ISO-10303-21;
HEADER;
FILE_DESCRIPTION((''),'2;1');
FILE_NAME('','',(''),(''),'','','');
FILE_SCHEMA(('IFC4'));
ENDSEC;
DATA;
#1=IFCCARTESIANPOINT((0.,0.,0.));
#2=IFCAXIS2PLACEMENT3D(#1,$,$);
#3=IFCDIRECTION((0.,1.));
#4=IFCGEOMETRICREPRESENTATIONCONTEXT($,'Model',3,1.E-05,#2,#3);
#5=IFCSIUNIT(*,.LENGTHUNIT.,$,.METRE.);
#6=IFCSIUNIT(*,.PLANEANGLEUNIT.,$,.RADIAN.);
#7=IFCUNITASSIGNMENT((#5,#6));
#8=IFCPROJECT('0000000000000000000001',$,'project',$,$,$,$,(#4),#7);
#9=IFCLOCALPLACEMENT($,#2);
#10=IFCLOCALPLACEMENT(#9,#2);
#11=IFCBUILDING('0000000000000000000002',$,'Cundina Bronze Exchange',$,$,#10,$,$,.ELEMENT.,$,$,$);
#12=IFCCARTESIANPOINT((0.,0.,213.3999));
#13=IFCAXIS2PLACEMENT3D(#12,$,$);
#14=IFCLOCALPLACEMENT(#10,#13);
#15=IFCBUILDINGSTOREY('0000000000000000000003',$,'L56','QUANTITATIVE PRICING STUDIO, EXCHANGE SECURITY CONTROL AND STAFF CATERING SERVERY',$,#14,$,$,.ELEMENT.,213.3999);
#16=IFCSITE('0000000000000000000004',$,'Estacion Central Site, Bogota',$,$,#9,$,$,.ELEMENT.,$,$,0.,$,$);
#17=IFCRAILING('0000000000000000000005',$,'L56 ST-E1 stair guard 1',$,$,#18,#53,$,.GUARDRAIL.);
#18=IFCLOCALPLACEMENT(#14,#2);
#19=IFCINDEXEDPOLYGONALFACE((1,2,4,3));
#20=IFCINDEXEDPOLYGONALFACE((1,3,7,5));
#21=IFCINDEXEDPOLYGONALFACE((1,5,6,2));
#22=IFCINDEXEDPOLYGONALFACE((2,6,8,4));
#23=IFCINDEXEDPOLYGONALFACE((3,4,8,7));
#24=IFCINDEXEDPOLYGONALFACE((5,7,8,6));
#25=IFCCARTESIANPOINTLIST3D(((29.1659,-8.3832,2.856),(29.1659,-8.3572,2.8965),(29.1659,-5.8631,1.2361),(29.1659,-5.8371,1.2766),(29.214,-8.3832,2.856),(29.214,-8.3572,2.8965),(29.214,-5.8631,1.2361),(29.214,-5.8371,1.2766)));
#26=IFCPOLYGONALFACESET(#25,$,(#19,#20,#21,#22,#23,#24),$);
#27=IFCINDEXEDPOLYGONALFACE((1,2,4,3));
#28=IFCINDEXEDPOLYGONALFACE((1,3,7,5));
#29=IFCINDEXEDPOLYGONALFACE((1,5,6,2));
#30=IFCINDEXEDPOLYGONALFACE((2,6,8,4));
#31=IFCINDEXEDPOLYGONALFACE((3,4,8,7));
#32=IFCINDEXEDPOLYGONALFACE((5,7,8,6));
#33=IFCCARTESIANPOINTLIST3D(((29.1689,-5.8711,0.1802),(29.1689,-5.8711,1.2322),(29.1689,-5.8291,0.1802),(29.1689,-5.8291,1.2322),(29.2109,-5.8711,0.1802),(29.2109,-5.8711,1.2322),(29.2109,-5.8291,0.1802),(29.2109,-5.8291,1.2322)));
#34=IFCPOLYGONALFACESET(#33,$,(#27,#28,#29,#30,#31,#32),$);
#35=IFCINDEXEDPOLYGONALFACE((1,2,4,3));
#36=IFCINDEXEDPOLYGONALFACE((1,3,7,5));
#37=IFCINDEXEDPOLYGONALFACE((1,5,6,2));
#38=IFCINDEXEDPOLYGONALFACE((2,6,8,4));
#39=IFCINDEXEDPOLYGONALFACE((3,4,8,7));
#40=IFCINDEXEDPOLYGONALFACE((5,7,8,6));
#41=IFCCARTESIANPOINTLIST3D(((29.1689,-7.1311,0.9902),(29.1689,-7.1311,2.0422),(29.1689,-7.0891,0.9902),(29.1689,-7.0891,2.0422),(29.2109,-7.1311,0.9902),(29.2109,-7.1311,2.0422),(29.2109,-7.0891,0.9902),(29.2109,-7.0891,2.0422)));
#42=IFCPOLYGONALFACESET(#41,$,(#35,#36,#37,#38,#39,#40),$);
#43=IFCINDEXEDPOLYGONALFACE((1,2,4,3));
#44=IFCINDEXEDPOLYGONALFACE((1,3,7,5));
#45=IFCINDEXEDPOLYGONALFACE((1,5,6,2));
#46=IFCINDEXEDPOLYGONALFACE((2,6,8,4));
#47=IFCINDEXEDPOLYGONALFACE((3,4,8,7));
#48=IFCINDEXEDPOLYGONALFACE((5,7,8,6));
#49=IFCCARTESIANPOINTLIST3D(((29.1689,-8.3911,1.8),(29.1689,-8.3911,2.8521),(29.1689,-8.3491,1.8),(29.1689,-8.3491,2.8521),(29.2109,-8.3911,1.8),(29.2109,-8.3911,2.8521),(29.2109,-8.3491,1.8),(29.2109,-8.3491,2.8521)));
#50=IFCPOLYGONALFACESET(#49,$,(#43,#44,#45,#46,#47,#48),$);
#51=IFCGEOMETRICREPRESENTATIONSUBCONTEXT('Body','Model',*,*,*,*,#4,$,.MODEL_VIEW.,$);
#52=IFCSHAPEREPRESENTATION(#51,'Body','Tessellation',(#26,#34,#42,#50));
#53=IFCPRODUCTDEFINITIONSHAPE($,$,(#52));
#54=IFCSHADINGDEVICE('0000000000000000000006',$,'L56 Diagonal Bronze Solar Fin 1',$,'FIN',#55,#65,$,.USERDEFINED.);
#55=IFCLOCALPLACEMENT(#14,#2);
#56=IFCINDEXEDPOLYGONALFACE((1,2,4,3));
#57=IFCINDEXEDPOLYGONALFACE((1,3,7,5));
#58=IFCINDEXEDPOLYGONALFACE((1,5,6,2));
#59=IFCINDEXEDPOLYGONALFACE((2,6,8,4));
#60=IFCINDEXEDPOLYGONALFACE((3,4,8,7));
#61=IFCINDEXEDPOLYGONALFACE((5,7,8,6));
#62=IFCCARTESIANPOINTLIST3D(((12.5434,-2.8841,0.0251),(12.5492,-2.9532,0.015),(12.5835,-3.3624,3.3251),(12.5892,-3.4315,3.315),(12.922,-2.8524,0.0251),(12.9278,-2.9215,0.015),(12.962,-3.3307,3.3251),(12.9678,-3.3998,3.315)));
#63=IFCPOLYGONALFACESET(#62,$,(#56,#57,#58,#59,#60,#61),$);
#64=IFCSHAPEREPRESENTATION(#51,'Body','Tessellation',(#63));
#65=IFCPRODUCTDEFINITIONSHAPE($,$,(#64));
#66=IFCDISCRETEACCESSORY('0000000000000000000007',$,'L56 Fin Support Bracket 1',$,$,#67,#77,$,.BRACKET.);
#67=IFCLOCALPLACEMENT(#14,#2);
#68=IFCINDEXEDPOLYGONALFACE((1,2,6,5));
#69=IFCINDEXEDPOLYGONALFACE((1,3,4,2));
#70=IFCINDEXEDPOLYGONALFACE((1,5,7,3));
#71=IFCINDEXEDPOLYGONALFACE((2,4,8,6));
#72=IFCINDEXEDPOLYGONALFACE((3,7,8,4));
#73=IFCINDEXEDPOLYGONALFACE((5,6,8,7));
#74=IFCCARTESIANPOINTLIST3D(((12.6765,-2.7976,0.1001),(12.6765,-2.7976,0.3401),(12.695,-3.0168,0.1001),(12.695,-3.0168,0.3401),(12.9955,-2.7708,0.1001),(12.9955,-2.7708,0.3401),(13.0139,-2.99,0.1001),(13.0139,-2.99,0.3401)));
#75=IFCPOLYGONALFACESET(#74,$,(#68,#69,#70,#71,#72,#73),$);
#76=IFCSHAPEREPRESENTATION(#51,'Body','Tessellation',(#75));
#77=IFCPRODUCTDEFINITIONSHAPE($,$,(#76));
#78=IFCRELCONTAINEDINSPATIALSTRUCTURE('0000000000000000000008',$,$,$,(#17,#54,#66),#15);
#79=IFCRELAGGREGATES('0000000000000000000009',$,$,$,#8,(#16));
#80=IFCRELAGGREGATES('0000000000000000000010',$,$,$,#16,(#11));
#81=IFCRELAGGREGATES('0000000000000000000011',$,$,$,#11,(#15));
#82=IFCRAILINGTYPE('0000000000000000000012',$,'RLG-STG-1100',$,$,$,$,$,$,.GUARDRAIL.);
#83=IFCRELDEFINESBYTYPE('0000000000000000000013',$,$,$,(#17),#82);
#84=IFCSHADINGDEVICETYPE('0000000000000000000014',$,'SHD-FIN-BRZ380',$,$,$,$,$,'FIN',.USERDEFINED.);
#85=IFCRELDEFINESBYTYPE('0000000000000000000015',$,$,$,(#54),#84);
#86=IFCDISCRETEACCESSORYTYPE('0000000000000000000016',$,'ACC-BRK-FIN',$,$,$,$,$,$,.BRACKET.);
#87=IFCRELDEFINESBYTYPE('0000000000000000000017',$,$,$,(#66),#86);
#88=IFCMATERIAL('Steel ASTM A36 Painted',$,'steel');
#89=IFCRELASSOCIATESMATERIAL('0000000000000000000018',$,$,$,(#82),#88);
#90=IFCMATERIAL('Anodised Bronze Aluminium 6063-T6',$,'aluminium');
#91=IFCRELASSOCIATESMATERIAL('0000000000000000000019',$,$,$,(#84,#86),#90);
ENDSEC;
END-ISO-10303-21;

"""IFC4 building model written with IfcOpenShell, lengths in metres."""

from ifc_helpers import new_model, si_unit, direction, frame, origin, origin_2d, place, context, subcontext, project, spatial, rectangle, extrude, material, material_profile, profile_set, type_object, element, save


model = new_model("IFC4")

# Units and contexts
model_context = context("Model", 3, precision=1e-05, world=origin(), true_north=direction((0.0, 1.0)))
body_context = subcontext(model_context, "Body", "Model", "MODEL_VIEW")
ifc_project = project(units=[si_unit("LENGTHUNIT", "METRE"), si_unit("PLANEANGLEUNIT", "RADIAN")], contexts=[model_context])

# Site, building, storey
site_placement = place(None, origin())
site = spatial("IfcSite", under=ifc_project, at=site_placement, Name="Estacion Central Site, Bogota", CompositionType="ELEMENT", RefElevation=0.0)
building_placement = place(site_placement, origin())
building = spatial("IfcBuilding", under=site, at=building_placement, Name="Cundina Bronze Exchange", CompositionType="ELEMENT")
storey_placement = place(building_placement, frame((0.0, 0.0, 213.3999)))
storey = spatial("IfcBuildingStorey", under=building, at=storey_placement, Name="L56", Description="QUANTITATIVE PRICING STUDIO, EXCHANGE SECURITY CONTROL AND STAFF CATERING SERVERY", CompositionType="ELEMENT", Elevation=213.3999)

# Shared definitions
ifc_material_1 = material(Name="Anodised Bronze Aluminium 6063-T6", Category="aluminium")

# Shared definitions
ifc_material_2 = material(Name="Steel ASTM A36 Painted", Category="steel")

# Railing
railing_type_1 = type_object("IfcRailingType", Name="RLG-STG-1100", PredefinedType="GUARDRAIL", material=ifc_material_2)
railing_1_placement = place(storey_placement, frame((29.1899, -5.8501, 0.1802)))
element("IfcRailing", 1, at=railing_1_placement, inside=storey, type_object=railing_type_1, Name="L56 ST-E1 stair guard 1", PredefinedType="GUARDRAIL", context=body_context, shape_type="SweptSolid", body=[
    extrude(rectangle(XDim=0.0481, YDim=0.0481, at=origin_2d()), frame((0.0, 0.0, 1.0762), z_axis=(0.0, -0.8412, 0.540725), x_axis=(1.0, 0.0, 0.0)), (0.0, 0.0, 1.0), 2.9958),
    extrude(rectangle(XDim=0.042, YDim=0.042, at=origin_2d()), origin(), (0.0, 0.0, 1.0), 1.052),
    extrude(rectangle(XDim=0.042, YDim=0.042, at=origin_2d()), frame((0.0, -1.26, 0.8101)), (0.0, 0.0, 1.0), 1.052),
    extrude(rectangle(XDim=0.042, YDim=0.042, at=origin_2d()), frame((0.0, -2.52, 1.6199)), (0.0, 0.0, 1.0), 1.052),
])

# Shading device
ifc_material_profile_1 = material_profile(ifc_material_1, rectangle(XDim=0.0701, YDim=0.3799, at=origin_2d()), Name="FIN70X380", Category="aluminium")
ifc_profile_set_1 = profile_set([ifc_material_profile_1], Name="Anodised Bronze Aluminium 6063-T6")
shading_device_type = type_object("IfcShadingDeviceType", Name="SHD-FIN-BRZ380", ElementType="FIN", PredefinedType="USERDEFINED", material=ifc_profile_set_1)
shading_device_placement = place(storey_placement, frame((12.7356, -2.9028, 0.02), z_axis=(0.012007, -0.14342, 0.989589), x_axis=(-0.082556, 0.98614, 0.143921)))
element("IfcShadingDevice", 2, at=shading_device_placement, inside=storey, type_object=shading_device_type, Name="L56 Diagonal Bronze Solar Fin 1", ObjectType="FIN", PredefinedType="USERDEFINED", context=body_context, shape_type="SweptSolid", body=[
    extrude(rectangle(XDim=0.0701, YDim=0.3799, at=origin_2d()), origin(), (0.0, 0.0, 1.0), 3.3347),
])

# Discrete accessory
discrete_accessory_type = type_object("IfcDiscreteAccessoryType", Name="ACC-BRK-FIN", PredefinedType="BRACKET", material=ifc_material_1)
discrete_accessory_placement = place(storey_placement, frame((12.8452, -2.8938, 0.1001), z_axis=(0.0, 0.0, 1.0), x_axis=(0.083747, -0.996487, 0.0)))
element("IfcDiscreteAccessory", 3, at=discrete_accessory_placement, inside=storey, type_object=discrete_accessory_type, Name="L56 Fin Support Bracket 1", PredefinedType="BRACKET", context=body_context, shape_type="SweptSolid", body=[
    extrude(rectangle(XDim=0.22, YDim=0.3201, at=origin_2d()), origin(), (0.0, 0.0, 1.0), 0.24),
])

save(model, "model.ifc")
